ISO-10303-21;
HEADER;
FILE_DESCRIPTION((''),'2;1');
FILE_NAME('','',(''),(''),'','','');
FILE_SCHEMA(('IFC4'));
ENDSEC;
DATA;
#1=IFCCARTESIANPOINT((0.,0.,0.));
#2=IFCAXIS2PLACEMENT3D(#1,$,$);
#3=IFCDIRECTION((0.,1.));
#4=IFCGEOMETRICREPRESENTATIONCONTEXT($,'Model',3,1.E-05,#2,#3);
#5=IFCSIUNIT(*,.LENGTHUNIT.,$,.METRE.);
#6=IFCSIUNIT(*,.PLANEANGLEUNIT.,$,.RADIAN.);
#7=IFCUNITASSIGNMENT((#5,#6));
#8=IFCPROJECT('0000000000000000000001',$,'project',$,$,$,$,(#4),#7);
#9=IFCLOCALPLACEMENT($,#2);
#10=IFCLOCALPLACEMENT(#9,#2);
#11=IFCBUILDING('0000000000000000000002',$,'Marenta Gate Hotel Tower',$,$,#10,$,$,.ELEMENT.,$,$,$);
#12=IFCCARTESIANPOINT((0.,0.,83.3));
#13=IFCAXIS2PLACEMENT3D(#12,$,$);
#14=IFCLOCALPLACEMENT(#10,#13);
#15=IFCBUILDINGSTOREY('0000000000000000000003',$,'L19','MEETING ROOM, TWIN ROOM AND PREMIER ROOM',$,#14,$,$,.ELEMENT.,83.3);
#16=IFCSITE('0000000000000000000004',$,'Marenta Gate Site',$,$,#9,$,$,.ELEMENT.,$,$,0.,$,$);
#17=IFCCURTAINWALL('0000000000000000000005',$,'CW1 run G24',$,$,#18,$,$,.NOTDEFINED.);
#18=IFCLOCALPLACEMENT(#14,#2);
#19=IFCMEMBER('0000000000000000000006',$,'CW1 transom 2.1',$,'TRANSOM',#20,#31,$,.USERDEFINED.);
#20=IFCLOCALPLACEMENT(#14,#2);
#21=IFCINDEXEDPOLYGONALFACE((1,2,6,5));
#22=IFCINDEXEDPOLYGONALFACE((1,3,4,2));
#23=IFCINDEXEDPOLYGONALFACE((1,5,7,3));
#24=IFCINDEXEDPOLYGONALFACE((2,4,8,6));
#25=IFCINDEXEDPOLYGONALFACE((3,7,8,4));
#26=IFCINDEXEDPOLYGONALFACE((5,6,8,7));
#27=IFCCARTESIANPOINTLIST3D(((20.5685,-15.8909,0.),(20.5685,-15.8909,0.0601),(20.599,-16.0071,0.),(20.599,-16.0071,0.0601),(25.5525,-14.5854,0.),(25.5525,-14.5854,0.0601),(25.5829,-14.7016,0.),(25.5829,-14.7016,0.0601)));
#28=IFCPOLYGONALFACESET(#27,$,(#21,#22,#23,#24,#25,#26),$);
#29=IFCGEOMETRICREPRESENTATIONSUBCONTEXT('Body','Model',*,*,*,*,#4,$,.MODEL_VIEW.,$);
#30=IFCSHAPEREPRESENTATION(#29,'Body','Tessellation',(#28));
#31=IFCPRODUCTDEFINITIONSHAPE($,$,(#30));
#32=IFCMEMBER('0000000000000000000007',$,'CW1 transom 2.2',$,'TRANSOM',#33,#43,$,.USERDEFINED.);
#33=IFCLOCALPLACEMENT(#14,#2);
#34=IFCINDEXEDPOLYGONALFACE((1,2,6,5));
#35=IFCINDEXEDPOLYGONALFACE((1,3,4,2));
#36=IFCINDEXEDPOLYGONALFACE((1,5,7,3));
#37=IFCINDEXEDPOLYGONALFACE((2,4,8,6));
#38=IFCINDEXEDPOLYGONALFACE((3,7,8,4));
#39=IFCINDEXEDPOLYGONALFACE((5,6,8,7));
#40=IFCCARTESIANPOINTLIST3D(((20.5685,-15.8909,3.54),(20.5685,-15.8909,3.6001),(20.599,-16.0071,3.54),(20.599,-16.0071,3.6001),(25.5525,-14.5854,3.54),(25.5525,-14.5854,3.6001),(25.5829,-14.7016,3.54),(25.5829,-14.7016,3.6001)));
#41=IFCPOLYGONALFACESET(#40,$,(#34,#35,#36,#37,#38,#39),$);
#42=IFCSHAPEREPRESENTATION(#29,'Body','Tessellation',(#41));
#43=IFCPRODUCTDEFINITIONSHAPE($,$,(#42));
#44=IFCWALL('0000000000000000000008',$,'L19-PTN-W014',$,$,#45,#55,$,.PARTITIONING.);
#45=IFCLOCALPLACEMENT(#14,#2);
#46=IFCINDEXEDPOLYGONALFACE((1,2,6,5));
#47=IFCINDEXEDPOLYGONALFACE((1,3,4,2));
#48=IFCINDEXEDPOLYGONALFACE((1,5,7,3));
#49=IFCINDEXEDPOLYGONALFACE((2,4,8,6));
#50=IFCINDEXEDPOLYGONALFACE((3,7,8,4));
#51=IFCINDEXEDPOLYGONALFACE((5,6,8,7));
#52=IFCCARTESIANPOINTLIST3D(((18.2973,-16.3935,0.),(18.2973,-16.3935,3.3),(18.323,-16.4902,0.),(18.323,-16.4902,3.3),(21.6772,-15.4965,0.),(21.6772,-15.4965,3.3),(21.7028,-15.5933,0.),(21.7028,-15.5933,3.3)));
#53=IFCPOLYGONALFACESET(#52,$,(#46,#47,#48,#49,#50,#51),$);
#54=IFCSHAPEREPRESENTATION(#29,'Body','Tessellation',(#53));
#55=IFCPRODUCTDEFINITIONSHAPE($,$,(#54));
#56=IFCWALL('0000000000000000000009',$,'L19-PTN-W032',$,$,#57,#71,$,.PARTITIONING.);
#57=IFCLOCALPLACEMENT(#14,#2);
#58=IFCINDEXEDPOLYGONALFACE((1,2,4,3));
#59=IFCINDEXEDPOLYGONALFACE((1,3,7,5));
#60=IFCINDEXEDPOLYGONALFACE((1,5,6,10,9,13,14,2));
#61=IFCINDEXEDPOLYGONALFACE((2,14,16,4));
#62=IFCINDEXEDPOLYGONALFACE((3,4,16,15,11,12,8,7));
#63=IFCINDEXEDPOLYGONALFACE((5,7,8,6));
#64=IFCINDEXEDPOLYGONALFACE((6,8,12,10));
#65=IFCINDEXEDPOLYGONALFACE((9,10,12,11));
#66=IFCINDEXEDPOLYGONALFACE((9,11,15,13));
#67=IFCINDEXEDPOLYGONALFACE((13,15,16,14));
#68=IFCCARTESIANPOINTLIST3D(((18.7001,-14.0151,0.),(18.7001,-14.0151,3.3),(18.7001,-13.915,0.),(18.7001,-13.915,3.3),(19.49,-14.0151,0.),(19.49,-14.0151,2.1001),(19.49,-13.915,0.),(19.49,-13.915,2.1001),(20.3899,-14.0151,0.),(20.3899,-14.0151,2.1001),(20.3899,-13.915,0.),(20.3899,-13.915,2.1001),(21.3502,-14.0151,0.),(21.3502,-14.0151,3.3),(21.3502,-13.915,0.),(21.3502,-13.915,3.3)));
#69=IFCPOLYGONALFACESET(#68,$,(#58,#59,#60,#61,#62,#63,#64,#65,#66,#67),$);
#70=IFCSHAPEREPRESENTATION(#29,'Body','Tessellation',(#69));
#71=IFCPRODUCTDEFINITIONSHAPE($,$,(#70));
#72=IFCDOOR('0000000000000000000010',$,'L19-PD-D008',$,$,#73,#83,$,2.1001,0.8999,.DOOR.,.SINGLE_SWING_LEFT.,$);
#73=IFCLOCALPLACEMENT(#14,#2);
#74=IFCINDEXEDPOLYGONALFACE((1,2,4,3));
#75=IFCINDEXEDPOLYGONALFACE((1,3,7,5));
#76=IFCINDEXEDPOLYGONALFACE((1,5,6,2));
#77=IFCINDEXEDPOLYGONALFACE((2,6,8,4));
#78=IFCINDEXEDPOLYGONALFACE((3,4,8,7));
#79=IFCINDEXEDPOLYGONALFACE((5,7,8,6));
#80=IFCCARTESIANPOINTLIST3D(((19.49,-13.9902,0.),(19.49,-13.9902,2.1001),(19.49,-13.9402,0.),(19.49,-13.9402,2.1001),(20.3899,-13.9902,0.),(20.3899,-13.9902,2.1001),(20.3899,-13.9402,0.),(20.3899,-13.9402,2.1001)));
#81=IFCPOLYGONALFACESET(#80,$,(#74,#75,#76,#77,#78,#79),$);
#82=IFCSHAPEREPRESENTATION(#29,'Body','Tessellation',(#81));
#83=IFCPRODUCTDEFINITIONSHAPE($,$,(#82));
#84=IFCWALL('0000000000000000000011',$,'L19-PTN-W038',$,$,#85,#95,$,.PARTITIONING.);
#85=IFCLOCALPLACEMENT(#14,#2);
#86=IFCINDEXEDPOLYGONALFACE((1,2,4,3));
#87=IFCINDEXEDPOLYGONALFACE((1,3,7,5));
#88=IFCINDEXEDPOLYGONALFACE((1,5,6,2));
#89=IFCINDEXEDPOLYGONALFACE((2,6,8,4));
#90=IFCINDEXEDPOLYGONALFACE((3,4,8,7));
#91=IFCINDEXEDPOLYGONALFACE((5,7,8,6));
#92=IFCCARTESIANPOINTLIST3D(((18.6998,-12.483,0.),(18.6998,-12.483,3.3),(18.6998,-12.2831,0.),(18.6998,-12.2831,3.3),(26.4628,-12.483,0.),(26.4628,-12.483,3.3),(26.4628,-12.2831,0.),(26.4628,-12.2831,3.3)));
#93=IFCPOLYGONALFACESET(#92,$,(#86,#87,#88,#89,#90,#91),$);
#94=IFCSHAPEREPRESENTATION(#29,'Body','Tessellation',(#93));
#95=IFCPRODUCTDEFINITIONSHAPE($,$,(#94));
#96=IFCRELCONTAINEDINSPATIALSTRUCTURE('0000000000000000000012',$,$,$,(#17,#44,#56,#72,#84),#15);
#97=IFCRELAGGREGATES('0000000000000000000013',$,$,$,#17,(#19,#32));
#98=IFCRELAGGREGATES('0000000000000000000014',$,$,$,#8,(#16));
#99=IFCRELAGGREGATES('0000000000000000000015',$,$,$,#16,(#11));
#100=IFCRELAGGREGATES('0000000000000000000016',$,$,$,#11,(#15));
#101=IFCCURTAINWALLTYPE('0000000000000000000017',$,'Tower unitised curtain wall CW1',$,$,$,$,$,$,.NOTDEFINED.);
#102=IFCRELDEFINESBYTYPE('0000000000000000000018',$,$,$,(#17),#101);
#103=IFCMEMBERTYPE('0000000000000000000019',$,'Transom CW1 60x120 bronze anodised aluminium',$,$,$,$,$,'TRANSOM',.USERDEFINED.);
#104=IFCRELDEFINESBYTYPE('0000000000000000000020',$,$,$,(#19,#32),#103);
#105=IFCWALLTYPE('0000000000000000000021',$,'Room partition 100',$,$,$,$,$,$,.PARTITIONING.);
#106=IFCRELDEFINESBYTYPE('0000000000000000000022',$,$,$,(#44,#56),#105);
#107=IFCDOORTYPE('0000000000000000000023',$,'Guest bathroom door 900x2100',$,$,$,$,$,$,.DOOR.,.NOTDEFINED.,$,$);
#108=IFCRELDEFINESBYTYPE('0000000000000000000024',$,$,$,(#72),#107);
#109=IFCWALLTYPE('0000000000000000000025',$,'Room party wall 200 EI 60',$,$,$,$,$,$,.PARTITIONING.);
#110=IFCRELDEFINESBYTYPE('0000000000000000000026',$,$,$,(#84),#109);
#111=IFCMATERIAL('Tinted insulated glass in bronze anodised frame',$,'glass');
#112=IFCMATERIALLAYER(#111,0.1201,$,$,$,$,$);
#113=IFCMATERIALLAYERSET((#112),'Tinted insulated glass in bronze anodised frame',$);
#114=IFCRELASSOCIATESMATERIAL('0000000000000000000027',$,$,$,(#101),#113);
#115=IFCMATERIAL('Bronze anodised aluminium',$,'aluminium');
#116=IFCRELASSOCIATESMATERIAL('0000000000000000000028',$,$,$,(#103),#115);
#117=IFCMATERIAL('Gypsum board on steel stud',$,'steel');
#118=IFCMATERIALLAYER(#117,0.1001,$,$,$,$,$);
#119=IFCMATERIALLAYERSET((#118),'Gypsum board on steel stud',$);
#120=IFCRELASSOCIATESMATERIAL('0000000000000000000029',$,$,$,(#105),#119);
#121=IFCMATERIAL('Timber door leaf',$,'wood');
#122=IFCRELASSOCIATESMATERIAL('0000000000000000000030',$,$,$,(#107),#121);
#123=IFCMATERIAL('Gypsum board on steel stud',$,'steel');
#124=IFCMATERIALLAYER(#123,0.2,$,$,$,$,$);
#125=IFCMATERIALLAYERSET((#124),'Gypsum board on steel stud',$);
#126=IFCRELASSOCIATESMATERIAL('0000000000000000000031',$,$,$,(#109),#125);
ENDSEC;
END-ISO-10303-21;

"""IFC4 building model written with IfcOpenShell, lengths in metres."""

from ifc_helpers import new_model, si_unit, direction, frame, frame_2d, origin, origin_2d, place, context, subcontext, project, spatial, rectangle, extrude, material, layer, layer_set, material_profile, profile_set, type_object, element, fill, aggregate, save


model = new_model("IFC4")

# Units and contexts
model_context = context("Model", 3, precision=1e-05, world=origin(), true_north=direction((0.0, 1.0)))
body_context = subcontext(model_context, "Body", "Model", "MODEL_VIEW")
ifc_project = project(units=[si_unit("LENGTHUNIT", "METRE"), si_unit("PLANEANGLEUNIT", "RADIAN")], contexts=[model_context])

# Site, building, storey
site_placement = place(None, origin())
site = spatial("IfcSite", under=ifc_project, at=site_placement, Name="Marenta Gate Site", CompositionType="ELEMENT", RefElevation=0.0)
building_placement = place(site_placement, origin())
building = spatial("IfcBuilding", under=site, at=building_placement, Name="Marenta Gate Hotel Tower", CompositionType="ELEMENT")
storey_placement = place(building_placement, frame((0.0, 0.0, 83.3)))
storey = spatial("IfcBuildingStorey", under=building, at=storey_placement, Name="L19", Description="MEETING ROOM, TWIN ROOM AND PREMIER ROOM", CompositionType="ELEMENT", Elevation=83.3)

# Curtain wall, members
ifc_material_1 = material(Name="Tinted insulated glass in bronze anodised frame", Category="glass")
ifc_layer_1 = layer(ifc_material_1, 0.1201)
ifc_layer_set_1 = layer_set([ifc_layer_1], Name="Tinted insulated glass in bronze anodised frame")
curtain_wall_type = type_object("IfcCurtainWallType", Name="Tower unitised curtain wall CW1", PredefinedType="NOTDEFINED", material=ifc_layer_set_1)
curtain_wall_placement = place(storey_placement, origin())
curtain_wall = element("IfcCurtainWall", 1, at=curtain_wall_placement, inside=storey, type_object=curtain_wall_type, Name="CW1 run G24", PredefinedType="NOTDEFINED")
ifc_material_2 = material(Name="Bronze anodised aluminium", Category="aluminium")
ifc_material_profile_1 = material_profile(ifc_material_2, rectangle(XDim=0.1201, YDim=0.0601, at=origin_2d()), Name="Transom CW1 60x120 bronze anodised aluminium")
ifc_profile_set_1 = profile_set([ifc_material_profile_1], Name="Bronze anodised aluminium")
member_type_1 = type_object("IfcMemberType", Name="Transom CW1 60x120 bronze anodised aluminium", ElementType="TRANSOM", PredefinedType="USERDEFINED", material=ifc_profile_set_1)
member_1_placement = place(storey_placement, frame((20.5837, -15.949, 0.03), z_axis=(0.967367, 0.253381, 0.0), x_axis=(-0.253381, 0.967367, 0.0)))
member_1 = element("IfcMember", 2, at=member_1_placement, type_object=member_type_1, Name="CW1 transom 2.1", ObjectType="TRANSOM", PredefinedType="USERDEFINED", context=body_context, shape_type="SweptSolid", body=[
    extrude(rectangle(XDim=0.1201, YDim=0.0601, at=origin_2d()), origin(), (0.0, 0.0, 1.0), 5.1521),
])
member_2_placement = place(storey_placement, frame((20.5837, -15.949, 3.5701), z_axis=(0.967367, 0.253381, 0.0), x_axis=(-0.253381, 0.967367, 0.0)))
member_2 = element("IfcMember", 3, at=member_2_placement, type_object=member_type_1, Name="CW1 transom 2.2", ObjectType="TRANSOM", PredefinedType="USERDEFINED", context=body_context, shape_type="SweptSolid", body=[
    extrude(rectangle(XDim=0.1201, YDim=0.0601, at=origin_2d()), origin(), (0.0, 0.0, 1.0), 5.1521),
])
aggregate(curtain_wall, [member_1, member_2])

# Wall
ifc_material_3 = material(Name="Gypsum board on steel stud", Category="steel")
ifc_layer_2 = layer(ifc_material_3, 0.1001)
ifc_layer_set_2 = layer_set([ifc_layer_2], Name="Gypsum board on steel stud")
wall_type_1 = type_object("IfcWallType", Name="Room partition 100", PredefinedType="PARTITIONING", material=ifc_layer_set_2)
wall_1_placement = place(storey_placement, frame((18.3101, -16.4419, 0.0), z_axis=(0.0, 0.0, 1.0), x_axis=(0.966542, 0.256507, 0.0)))
element("IfcWall", 4, at=wall_1_placement, inside=storey, type_object=wall_type_1, Name="L19-PTN-W014", PredefinedType="PARTITIONING", context=body_context, shape_type="SweptSolid", body=[
    extrude(rectangle(XDim=3.4968, YDim=0.1001, at=frame_2d((1.7485, 0.0))), origin(), (0.0, 0.0, 1.0), 3.3),
])

# Wall, opening, door
wall_2_placement = place(storey_placement, frame((18.7, -13.9651, 0.0), z_axis=(0.0, 0.0, 1.0), x_axis=(1.0, 0.0, 0.0)))
wall_2 = element("IfcWall", 5, at=wall_2_placement, inside=storey, type_object=wall_type_1, Name="L19-PTN-W032", PredefinedType="PARTITIONING", context=body_context, shape_type="SweptSolid", body=[
    extrude(rectangle(XDim=2.6501, YDim=0.1001, at=frame_2d((1.3252, 0.0))), origin(), (0.0, 0.0, 1.0), 3.3),
])
opening_1_placement = place(wall_2_placement, frame((0.79, 0.0, 0.0)))
opening_1 = element("IfcOpeningElement", 6, at=opening_1_placement, cuts=wall_2, PredefinedType="OPENING", context=body_context, shape_type="SweptSolid", body=[
    extrude(rectangle(XDim=0.8999, YDim=2.1001, at=frame_2d((0.45, 1.05))), frame((0.0, 0.05, 0.0), z_axis=(0.0, -1.0, 0.0), x_axis=(1.0, 0.0, 0.0)), (0.0, 0.0, 1.0), 0.1001),
])
ifc_material_4 = material(Name="Timber door leaf", Category="wood")
door_type_1 = type_object("IfcDoorType", Name="Guest bathroom door 900x2100", OperationType="NOTDEFINED", PredefinedType="DOOR", material=ifc_material_4)
door_1_placement = place(opening_1_placement, origin())
door_1 = element("IfcDoor", 7, at=door_1_placement, inside=storey, type_object=door_type_1, Name="L19-PD-D008", OperationType="SINGLE_SWING_LEFT", OverallHeight=2.1001, OverallWidth=0.8999, PredefinedType="DOOR", context=body_context, shape_type="SweptSolid", body=[
    extrude(rectangle(XDim=0.8999, YDim=2.1001, at=frame_2d((0.45, 1.05))), frame((0.0, 0.0249, 0.0), z_axis=(0.0, -1.0, 0.0), x_axis=(1.0, 0.0, 0.0)), (0.0, 0.0, 1.0), 0.05),
])
fill(opening_1, door_1)

# Wall
ifc_material_5 = material(Name="Gypsum board on steel stud", Category="steel")
ifc_layer_3 = layer(ifc_material_5, 0.2)
ifc_layer_set_3 = layer_set([ifc_layer_3], Name="Gypsum board on steel stud")
wall_type_2 = type_object("IfcWallType", Name="Room party wall 200 EI 60", PredefinedType="PARTITIONING", material=ifc_layer_set_3)
wall_3_placement = place(storey_placement, frame((18.7, -12.3831, 0.0), z_axis=(0.0, 0.0, 1.0), x_axis=(1.0, 0.0, 0.0)))
element("IfcWall", 8, at=wall_3_placement, inside=storey, type_object=wall_type_2, Name="L19-PTN-W038", PredefinedType="PARTITIONING", context=body_context, shape_type="SweptSolid", body=[
    extrude(rectangle(XDim=7.7629, YDim=0.2, at=frame_2d((3.8813, 0.0))), origin(), (0.0, 0.0, 1.0), 3.3),
])

save(model, "model.ifc")
